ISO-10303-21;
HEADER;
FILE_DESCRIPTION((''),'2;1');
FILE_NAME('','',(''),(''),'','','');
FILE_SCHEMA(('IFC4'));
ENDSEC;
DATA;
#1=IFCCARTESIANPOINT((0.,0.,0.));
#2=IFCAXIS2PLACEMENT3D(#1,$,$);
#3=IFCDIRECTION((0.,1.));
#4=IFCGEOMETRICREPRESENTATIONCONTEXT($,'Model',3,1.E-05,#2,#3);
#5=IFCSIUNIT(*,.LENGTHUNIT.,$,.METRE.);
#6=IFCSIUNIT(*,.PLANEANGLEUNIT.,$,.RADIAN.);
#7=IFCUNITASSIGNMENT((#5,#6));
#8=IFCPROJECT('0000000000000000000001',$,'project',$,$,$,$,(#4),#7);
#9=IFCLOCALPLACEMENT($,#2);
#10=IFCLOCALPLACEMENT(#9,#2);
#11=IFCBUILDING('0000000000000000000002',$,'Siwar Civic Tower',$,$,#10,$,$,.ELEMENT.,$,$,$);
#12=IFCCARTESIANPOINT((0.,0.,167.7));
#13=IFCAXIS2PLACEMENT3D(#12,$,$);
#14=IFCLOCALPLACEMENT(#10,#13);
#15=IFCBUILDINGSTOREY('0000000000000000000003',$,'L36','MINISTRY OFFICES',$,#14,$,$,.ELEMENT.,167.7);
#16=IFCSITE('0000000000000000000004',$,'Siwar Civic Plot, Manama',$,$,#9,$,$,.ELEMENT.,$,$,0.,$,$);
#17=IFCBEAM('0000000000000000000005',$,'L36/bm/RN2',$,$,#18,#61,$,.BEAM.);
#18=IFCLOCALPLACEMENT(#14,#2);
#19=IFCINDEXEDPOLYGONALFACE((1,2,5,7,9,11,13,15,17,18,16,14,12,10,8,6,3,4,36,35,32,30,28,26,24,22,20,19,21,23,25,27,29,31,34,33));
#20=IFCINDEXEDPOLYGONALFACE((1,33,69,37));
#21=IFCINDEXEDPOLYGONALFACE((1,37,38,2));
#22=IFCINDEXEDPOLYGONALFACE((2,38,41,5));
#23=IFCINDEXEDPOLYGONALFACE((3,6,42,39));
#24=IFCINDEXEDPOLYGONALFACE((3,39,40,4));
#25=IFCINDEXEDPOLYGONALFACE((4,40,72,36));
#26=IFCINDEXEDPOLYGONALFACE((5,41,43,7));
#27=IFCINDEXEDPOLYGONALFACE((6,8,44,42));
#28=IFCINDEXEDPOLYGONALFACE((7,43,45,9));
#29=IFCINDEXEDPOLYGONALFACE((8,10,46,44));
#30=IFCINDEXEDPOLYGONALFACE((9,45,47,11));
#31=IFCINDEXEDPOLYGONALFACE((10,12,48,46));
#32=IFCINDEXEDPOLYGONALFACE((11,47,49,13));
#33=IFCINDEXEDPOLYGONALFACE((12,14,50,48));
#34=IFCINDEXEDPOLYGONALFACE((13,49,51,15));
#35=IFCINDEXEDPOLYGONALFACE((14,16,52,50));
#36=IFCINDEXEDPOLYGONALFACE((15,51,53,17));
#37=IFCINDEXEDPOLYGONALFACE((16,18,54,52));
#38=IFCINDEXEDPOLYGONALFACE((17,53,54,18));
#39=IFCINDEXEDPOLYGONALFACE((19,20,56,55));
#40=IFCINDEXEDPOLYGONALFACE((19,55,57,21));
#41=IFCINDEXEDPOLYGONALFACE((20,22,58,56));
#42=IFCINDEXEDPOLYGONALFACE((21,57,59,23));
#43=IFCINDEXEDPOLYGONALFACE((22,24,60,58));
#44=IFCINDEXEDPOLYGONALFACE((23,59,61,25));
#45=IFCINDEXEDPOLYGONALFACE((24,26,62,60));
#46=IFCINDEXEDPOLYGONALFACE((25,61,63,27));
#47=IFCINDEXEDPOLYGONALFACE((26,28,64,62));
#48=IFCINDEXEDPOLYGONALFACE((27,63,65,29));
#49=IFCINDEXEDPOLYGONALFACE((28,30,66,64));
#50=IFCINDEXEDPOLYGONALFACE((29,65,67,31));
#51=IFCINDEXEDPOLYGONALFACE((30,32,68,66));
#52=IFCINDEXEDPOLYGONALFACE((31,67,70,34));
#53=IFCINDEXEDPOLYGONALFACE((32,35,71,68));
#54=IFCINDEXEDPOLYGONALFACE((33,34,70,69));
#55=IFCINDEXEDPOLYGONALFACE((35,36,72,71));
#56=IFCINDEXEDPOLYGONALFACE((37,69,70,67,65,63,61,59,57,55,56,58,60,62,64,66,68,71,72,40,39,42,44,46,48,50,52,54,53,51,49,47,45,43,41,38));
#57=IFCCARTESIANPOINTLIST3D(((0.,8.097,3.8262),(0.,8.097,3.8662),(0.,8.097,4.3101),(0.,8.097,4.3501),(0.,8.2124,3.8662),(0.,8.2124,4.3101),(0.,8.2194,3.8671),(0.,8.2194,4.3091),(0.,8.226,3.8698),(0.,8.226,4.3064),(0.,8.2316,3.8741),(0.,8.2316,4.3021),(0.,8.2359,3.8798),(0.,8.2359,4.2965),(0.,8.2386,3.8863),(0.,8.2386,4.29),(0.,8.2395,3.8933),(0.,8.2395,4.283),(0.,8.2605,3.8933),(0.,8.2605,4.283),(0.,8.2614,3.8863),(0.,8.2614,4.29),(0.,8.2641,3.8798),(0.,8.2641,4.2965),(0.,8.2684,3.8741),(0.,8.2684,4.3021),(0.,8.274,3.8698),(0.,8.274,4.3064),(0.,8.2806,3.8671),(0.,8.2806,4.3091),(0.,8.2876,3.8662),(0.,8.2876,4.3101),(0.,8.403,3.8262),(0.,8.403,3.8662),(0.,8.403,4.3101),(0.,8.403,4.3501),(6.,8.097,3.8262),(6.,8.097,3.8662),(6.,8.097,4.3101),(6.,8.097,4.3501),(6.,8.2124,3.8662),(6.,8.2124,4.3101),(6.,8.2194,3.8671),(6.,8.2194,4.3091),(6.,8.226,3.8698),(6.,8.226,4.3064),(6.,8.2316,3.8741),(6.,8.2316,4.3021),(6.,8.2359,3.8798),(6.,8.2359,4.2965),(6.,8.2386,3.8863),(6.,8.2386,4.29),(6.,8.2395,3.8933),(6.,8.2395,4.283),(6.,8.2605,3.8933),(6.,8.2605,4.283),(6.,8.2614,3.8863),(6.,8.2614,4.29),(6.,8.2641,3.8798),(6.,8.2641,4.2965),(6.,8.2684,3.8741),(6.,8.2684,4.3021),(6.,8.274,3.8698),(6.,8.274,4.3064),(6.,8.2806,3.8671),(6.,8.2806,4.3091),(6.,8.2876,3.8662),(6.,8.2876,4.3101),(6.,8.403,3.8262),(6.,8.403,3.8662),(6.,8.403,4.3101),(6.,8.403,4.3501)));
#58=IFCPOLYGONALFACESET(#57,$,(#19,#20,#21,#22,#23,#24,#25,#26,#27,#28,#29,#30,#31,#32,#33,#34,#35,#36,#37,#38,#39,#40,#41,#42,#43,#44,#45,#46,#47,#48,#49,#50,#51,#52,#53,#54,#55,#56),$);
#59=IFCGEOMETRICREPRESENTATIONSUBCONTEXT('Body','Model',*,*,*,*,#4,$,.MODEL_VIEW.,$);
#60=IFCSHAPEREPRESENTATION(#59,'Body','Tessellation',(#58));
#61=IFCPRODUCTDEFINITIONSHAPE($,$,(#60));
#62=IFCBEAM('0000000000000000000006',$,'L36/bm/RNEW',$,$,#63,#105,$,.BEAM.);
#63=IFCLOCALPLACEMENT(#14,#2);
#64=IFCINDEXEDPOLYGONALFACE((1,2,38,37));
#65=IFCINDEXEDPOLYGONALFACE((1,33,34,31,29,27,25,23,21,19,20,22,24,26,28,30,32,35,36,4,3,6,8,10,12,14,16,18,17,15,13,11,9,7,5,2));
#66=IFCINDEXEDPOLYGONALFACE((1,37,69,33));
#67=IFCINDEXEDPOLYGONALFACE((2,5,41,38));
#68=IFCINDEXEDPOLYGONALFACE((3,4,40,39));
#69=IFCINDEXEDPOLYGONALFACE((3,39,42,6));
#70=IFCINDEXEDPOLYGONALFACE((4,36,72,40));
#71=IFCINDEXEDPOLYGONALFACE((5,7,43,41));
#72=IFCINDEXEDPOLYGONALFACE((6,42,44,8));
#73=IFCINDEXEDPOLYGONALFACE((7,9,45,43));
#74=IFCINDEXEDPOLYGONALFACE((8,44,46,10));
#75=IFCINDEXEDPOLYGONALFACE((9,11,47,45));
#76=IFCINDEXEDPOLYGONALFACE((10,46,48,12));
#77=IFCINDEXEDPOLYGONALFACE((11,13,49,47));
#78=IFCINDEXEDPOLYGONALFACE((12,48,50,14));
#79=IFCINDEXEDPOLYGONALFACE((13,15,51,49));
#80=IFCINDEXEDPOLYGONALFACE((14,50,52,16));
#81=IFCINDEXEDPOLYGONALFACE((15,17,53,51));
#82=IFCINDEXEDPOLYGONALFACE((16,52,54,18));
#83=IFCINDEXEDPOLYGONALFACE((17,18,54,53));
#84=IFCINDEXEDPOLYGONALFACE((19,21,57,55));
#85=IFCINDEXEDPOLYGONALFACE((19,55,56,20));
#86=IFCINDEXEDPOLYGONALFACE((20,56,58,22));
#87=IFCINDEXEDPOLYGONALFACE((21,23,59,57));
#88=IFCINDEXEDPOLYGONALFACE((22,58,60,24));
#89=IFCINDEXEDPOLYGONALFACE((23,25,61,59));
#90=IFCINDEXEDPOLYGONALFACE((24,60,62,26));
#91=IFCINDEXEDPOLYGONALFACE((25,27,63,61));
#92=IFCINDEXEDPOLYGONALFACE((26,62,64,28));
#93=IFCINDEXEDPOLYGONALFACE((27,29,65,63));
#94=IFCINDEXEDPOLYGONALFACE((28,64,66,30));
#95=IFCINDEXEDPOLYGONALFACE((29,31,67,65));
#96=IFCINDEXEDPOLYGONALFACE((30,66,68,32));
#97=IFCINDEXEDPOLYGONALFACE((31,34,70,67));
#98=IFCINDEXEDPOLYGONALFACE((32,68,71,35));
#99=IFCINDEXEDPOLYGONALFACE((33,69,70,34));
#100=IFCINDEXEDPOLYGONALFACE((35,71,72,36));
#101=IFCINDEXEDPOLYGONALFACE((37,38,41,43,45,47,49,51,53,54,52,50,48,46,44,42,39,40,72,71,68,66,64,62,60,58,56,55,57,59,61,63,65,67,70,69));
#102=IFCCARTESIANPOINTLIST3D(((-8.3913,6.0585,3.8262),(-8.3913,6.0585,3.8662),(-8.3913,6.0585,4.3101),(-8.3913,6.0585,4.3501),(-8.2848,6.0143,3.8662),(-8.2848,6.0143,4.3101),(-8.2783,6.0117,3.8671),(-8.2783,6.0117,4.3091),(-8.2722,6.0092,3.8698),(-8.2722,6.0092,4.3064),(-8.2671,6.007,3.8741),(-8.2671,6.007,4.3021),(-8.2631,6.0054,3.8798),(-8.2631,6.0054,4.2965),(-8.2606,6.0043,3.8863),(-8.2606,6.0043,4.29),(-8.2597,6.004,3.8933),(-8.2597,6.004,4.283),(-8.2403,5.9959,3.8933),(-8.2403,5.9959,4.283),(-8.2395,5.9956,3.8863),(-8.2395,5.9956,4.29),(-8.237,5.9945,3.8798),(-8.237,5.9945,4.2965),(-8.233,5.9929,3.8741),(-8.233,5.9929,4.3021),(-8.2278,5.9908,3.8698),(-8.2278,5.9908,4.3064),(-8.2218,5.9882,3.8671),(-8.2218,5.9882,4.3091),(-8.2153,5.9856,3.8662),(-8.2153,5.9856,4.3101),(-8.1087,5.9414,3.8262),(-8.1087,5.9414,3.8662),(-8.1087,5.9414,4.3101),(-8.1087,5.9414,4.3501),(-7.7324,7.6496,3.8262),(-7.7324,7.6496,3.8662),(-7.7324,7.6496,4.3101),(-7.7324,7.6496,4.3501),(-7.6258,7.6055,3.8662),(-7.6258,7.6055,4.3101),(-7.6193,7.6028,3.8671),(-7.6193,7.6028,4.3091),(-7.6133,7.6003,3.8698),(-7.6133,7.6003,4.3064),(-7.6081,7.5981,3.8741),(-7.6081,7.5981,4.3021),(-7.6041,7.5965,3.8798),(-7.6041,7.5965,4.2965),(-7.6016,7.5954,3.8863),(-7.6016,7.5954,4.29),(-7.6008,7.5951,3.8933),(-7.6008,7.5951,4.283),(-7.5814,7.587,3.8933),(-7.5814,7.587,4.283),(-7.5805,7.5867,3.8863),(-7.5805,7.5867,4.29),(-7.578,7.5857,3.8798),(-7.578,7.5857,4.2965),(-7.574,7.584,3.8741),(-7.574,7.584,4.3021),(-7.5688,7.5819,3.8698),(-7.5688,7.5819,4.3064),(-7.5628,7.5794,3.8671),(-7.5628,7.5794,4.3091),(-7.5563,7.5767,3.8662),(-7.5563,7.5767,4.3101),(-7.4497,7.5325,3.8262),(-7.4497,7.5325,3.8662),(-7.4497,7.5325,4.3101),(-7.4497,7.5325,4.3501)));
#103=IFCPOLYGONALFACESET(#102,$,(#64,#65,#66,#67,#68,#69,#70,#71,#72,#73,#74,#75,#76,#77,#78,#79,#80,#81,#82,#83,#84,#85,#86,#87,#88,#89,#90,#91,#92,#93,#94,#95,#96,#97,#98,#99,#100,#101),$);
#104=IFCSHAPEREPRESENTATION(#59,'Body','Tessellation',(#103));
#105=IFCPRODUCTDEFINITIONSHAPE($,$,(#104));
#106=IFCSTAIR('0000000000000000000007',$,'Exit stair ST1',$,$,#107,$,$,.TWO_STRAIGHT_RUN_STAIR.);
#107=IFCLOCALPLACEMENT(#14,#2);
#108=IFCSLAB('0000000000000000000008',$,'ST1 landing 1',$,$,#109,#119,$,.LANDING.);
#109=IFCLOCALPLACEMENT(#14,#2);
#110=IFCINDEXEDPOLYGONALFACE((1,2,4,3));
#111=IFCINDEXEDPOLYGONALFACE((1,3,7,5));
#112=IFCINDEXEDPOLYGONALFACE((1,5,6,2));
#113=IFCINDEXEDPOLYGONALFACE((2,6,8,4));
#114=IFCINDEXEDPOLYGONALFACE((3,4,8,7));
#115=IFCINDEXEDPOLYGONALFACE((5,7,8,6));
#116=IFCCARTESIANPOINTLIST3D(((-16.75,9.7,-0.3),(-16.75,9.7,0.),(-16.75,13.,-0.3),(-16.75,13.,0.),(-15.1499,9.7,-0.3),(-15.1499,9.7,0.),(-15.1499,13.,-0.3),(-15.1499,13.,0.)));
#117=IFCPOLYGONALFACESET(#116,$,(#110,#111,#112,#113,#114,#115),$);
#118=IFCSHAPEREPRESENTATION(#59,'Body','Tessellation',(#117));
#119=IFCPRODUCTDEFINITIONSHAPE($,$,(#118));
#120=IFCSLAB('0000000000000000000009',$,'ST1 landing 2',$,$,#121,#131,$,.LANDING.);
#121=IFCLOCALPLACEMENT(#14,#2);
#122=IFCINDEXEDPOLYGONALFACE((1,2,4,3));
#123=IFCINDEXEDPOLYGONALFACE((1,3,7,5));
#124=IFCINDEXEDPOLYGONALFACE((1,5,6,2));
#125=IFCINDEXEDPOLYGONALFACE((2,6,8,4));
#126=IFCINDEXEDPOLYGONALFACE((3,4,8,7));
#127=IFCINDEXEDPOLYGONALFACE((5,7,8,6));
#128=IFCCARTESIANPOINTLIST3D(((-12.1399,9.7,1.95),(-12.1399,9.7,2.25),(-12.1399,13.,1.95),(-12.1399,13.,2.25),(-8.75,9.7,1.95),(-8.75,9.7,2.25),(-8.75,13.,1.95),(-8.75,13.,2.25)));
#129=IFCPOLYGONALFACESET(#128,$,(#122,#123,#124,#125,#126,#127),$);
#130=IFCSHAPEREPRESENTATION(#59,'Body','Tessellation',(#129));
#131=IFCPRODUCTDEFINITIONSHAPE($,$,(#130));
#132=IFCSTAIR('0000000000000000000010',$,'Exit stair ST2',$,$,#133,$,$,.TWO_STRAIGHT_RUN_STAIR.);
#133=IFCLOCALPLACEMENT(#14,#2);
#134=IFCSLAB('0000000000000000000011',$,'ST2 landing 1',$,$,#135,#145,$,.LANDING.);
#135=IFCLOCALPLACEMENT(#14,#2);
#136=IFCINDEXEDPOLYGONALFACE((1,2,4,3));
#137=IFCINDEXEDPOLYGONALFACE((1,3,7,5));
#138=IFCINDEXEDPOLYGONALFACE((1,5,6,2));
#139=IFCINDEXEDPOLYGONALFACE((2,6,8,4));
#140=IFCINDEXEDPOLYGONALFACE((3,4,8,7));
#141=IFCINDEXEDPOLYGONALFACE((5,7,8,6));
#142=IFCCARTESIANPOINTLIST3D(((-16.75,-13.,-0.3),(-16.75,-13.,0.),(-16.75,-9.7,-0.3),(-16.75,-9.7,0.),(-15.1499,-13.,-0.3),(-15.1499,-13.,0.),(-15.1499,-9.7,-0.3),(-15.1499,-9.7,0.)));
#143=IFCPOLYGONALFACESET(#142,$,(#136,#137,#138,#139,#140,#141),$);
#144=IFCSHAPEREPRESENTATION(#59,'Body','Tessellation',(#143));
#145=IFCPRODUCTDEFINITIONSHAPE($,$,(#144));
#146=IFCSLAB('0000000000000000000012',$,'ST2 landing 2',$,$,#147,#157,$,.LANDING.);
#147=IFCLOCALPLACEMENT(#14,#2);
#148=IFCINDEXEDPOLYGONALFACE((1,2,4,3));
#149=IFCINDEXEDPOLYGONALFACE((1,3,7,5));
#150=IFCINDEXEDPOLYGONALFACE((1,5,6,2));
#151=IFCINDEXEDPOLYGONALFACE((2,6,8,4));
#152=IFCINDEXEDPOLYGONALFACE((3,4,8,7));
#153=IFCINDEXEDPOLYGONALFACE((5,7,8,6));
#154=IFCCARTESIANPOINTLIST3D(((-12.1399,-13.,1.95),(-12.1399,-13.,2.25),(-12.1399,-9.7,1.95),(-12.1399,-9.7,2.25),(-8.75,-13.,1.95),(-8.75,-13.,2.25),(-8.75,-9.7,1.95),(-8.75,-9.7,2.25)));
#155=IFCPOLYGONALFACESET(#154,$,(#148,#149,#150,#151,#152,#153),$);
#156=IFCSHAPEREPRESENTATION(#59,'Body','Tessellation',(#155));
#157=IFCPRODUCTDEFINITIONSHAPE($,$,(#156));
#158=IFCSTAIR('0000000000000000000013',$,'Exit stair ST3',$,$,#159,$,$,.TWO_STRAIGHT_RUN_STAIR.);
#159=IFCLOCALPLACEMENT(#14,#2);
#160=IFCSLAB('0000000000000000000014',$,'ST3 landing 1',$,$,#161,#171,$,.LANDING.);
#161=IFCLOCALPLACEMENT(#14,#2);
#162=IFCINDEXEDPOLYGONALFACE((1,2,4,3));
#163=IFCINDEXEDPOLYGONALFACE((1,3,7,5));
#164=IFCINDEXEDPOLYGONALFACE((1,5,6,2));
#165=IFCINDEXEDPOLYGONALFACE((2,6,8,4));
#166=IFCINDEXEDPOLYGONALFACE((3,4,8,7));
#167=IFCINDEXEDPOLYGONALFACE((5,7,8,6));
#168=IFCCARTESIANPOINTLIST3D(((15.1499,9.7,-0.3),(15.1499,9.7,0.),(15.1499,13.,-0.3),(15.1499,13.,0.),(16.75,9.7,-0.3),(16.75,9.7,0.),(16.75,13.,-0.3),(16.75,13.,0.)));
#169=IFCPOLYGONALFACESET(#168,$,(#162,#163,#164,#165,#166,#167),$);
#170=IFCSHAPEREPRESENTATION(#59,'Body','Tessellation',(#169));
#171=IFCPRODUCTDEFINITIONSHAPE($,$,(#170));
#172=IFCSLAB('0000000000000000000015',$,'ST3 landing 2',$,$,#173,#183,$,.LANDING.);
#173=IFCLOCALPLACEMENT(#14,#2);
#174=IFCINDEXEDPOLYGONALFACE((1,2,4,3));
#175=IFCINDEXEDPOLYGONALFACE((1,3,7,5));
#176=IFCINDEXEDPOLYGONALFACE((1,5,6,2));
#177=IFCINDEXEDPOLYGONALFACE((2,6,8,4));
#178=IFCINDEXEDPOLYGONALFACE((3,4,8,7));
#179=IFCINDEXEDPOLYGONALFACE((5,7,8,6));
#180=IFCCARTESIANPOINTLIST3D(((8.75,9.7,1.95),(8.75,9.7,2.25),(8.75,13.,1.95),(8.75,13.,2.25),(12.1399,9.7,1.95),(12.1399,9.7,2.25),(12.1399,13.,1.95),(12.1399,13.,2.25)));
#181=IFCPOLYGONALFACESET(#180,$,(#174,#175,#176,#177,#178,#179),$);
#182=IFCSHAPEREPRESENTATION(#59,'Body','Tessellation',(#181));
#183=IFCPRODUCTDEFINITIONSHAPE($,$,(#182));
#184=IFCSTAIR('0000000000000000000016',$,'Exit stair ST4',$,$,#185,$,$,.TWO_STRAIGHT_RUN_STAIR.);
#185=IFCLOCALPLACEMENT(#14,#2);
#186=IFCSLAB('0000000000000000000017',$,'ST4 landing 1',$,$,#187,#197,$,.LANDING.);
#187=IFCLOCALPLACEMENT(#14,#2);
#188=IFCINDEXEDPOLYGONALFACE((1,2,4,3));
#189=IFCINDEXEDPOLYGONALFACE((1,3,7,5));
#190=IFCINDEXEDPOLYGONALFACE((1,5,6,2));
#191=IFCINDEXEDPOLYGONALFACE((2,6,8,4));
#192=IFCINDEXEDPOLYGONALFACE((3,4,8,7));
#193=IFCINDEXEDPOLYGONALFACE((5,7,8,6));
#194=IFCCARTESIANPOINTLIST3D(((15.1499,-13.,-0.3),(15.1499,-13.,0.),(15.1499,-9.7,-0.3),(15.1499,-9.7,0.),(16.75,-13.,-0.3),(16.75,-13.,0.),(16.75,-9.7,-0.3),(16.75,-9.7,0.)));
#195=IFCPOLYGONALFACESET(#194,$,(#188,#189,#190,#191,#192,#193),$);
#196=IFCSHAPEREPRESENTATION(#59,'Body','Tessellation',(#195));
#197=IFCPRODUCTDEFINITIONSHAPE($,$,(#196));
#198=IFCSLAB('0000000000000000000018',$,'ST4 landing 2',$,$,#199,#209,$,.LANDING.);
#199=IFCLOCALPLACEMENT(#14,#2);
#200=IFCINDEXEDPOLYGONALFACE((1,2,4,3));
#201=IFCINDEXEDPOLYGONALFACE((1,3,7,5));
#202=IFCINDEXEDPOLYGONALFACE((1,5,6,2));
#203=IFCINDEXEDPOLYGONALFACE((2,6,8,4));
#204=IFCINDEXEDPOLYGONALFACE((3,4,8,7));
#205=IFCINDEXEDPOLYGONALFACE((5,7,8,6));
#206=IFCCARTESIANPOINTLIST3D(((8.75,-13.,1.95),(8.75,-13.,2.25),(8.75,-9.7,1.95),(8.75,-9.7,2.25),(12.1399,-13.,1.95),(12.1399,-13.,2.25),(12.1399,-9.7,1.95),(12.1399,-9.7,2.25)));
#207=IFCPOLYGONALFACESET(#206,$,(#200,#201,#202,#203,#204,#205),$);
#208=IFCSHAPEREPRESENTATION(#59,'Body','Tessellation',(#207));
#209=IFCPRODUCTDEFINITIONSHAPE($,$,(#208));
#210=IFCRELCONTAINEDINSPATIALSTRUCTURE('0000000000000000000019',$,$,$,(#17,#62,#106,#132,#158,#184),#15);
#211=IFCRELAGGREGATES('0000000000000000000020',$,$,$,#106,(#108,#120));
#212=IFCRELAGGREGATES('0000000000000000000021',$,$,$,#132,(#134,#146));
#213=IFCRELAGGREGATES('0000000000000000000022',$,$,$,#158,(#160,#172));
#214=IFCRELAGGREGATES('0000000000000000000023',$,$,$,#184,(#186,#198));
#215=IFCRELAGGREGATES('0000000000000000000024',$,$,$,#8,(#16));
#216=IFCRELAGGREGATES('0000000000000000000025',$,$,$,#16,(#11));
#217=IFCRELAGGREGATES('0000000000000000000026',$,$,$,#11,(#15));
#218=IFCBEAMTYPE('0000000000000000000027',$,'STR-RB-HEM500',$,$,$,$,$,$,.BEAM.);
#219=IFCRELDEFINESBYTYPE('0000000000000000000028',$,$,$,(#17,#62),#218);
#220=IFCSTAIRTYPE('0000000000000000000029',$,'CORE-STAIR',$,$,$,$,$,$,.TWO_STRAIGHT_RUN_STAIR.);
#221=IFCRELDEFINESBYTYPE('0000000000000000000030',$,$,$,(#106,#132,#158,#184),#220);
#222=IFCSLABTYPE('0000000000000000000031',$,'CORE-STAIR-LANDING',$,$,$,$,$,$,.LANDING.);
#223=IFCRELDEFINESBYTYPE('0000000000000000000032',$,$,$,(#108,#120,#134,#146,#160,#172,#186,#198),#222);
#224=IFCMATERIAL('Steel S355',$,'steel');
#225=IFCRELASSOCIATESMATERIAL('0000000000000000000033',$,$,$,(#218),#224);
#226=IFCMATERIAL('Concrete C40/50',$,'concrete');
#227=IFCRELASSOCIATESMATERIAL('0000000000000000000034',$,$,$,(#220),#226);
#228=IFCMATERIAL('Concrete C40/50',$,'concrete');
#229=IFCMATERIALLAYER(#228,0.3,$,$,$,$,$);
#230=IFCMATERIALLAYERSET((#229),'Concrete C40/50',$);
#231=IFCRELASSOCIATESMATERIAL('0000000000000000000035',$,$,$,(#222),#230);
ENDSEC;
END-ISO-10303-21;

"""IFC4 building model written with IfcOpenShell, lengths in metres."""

from ifc_helpers import new_model, si_unit, direction, frame, origin, origin_2d, place, context, subcontext, project, spatial, polyline, i_section, outline, extrude, material, layer, layer_set, material_profile, profile_set, type_object, element, aggregate, save


model = new_model("IFC4")

# Units and contexts
model_context = context("Model", 3, precision=1e-05, world=origin(), true_north=direction((0.0, 1.0)))
body_context = subcontext(model_context, "Body", "Model", "MODEL_VIEW")
ifc_project = project(units=[si_unit("LENGTHUNIT", "METRE"), si_unit("PLANEANGLEUNIT", "RADIAN")], contexts=[model_context])

# Site, building, storey
site_placement = place(None, origin())
site = spatial("IfcSite", under=ifc_project, at=site_placement, Name="Siwar Civic Plot, Manama", CompositionType="ELEMENT", RefElevation=0.0)
building_placement = place(site_placement, origin())
building = spatial("IfcBuilding", under=site, at=building_placement, Name="Siwar Civic Tower", CompositionType="ELEMENT")
storey_placement = place(building_placement, frame((0.0, 0.0, 167.7)))
storey = spatial("IfcBuildingStorey", under=building, at=storey_placement, Name="L36", Description="MINISTRY OFFICES", CompositionType="ELEMENT", Elevation=167.7)

# Beams
ifc_material_1 = material(Name="Steel S355", Category="steel")
ifc_material_profile_1 = material_profile(ifc_material_1, i_section(OverallWidth=0.3059, OverallDepth=0.5239, WebThickness=0.021, FlangeThickness=0.04, FilletRadius=0.0271, at=origin_2d()), Name="HEM500")
ifc_profile_set_1 = profile_set([ifc_material_profile_1], Name="Steel S355")
beam_type_1 = type_object("IfcBeamType", Name="STR-RB-HEM500", PredefinedType="BEAM", material=ifc_profile_set_1)
for number, where, z_axis, x_axis, name in (
    (1, (0.0, 8.25, 4.0881), (1.0, 0.0, 0.0), (0.0, 1.0, 0.0), "L36/bm/RN2"),
):
    element("IfcBeam", number, at=place(storey_placement, frame(where, z_axis=z_axis, x_axis=x_axis)), inside=storey, type_object=beam_type_1, Name=name, PredefinedType="BEAM", context=body_context, shape_type="SweptSolid", body=[
        extrude(i_section(OverallWidth=0.3059, OverallDepth=0.5239, WebThickness=0.021, FlangeThickness=0.04, FilletRadius=0.0271, at=origin_2d()), origin(), (0.0, 0.0, 1.0), 6.0),
    ])
beam_1_placement = place(storey_placement, frame((-7.5911, 7.5911, 4.0881), z_axis=(-0.382631, -0.923901, 0.0), x_axis=(0.923901, -0.382631, 0.0)))
element("IfcBeam", 2, at=beam_1_placement, inside=storey, type_object=beam_type_1, Name="L36/bm/RNEW", PredefinedType="BEAM", context=body_context, shape_type="SweptSolid", body=[
    extrude(i_section(OverallWidth=0.3059, OverallDepth=0.5239, WebThickness=0.021, FlangeThickness=0.04, FilletRadius=0.0271, at=origin_2d()), origin(), (0.0, 0.0, 1.0), 1.7222),
])

# Stairs, slabs
ifc_material_2 = material(Name="Concrete C40/50", Category="concrete")
stair_type = type_object("IfcStairType", Name="CORE-STAIR", PredefinedType="TWO_STRAIGHT_RUN_STAIR", material=ifc_material_2)
stair_1_placement = place(storey_placement, origin())
stair_1 = element("IfcStair", 3, at=stair_1_placement, inside=storey, type_object=stair_type, Name="Exit stair ST1", PredefinedType="TWO_STRAIGHT_RUN_STAIR")
ifc_material_3 = material(Name="Concrete C40/50", Category="concrete")
ifc_layer_1 = layer(ifc_material_3, 0.3)
ifc_layer_set_1 = layer_set([ifc_layer_1], Name="Concrete C40/50")
slab_type = type_object("IfcSlabType", Name="CORE-STAIR-LANDING", PredefinedType="LANDING", material=ifc_layer_set_1)
slab_1_placement = place(storey_placement, frame((0.0, 0.0, -0.3)))
slab_1 = element("IfcSlab", 4, at=slab_1_placement, type_object=slab_type, Name="ST1 landing 1", PredefinedType="LANDING", context=body_context, shape_type="SweptSolid", body=[
    extrude(outline(polyline([(-15.1499, 13.0), (-16.75, 13.0), (-16.75, 9.7), (-15.1499, 9.7), (-15.1499, 13.0)])), origin(), (0.0, 0.0, 1.0), 0.3),
])
slab_2_placement = place(storey_placement, frame((0.0, 0.0, 1.95)))
slab_2 = element("IfcSlab", 5, at=slab_2_placement, type_object=slab_type, Name="ST1 landing 2", PredefinedType="LANDING", context=body_context, shape_type="SweptSolid", body=[
    extrude(outline(polyline([(-8.75, 13.0), (-12.1399, 13.0), (-12.1399, 9.7), (-8.75, 9.7), (-8.75, 13.0)])), origin(), (0.0, 0.0, 1.0), 0.3),
])
aggregate(stair_1, [slab_1, slab_2])
stair_2_placement = place(storey_placement, origin())
stair_2 = element("IfcStair", 6, at=stair_2_placement, inside=storey, type_object=stair_type, Name="Exit stair ST2", PredefinedType="TWO_STRAIGHT_RUN_STAIR")
slab_3_placement = place(storey_placement, frame((0.0, 0.0, -0.3)))
slab_3 = element("IfcSlab", 7, at=slab_3_placement, type_object=slab_type, Name="ST2 landing 1", PredefinedType="LANDING", context=body_context, shape_type="SweptSolid", body=[
    extrude(outline(polyline([(-15.1499, -9.7), (-16.75, -9.7), (-16.75, -13.0), (-15.1499, -13.0), (-15.1499, -9.7)])), origin(), (0.0, 0.0, 1.0), 0.3),
])
slab_4_placement = place(storey_placement, frame((0.0, 0.0, 1.95)))
slab_4 = element("IfcSlab", 8, at=slab_4_placement, type_object=slab_type, Name="ST2 landing 2", PredefinedType="LANDING", context=body_context, shape_type="SweptSolid", body=[
    extrude(outline(polyline([(-8.75, -9.7), (-12.1399, -9.7), (-12.1399, -13.0), (-8.75, -13.0), (-8.75, -9.7)])), origin(), (0.0, 0.0, 1.0), 0.3),
])
aggregate(stair_2, [slab_3, slab_4])
stair_3_placement = place(storey_placement, origin())
stair_3 = element("IfcStair", 9, at=stair_3_placement, inside=storey, type_object=stair_type, Name="Exit stair ST3", PredefinedType="TWO_STRAIGHT_RUN_STAIR")
slab_5_placement = place(storey_placement, frame((0.0, 0.0, -0.3)))
slab_5 = element("IfcSlab", 10, at=slab_5_placement, type_object=slab_type, Name="ST3 landing 1", PredefinedType="LANDING", context=body_context, shape_type="SweptSolid", body=[
    extrude(outline(polyline([(15.1499, 9.7), (16.75, 9.7), (16.75, 13.0), (15.1499, 13.0), (15.1499, 9.7)])), origin(), (0.0, 0.0, 1.0), 0.3),
])
slab_6_placement = place(storey_placement, frame((0.0, 0.0, 1.95)))
slab_6 = element("IfcSlab", 11, at=slab_6_placement, type_object=slab_type, Name="ST3 landing 2", PredefinedType="LANDING", context=body_context, shape_type="SweptSolid", body=[
    extrude(outline(polyline([(8.75, 9.7), (12.1399, 9.7), (12.1399, 13.0), (8.75, 13.0), (8.75, 9.7)])), origin(), (0.0, 0.0, 1.0), 0.3),
])
aggregate(stair_3, [slab_5, slab_6])
stair_4_placement = place(storey_placement, origin())
stair_4 = element("IfcStair", 12, at=stair_4_placement, inside=storey, type_object=stair_type, Name="Exit stair ST4", PredefinedType="TWO_STRAIGHT_RUN_STAIR")
slab_7_placement = place(storey_placement, frame((0.0, 0.0, -0.3)))
slab_7 = element("IfcSlab", 13, at=slab_7_placement, type_object=slab_type, Name="ST4 landing 1", PredefinedType="LANDING", context=body_context, shape_type="SweptSolid", body=[
    extrude(outline(polyline([(15.1499, -13.0), (16.75, -13.0), (16.75, -9.7), (15.1499, -9.7), (15.1499, -13.0)])), origin(), (0.0, 0.0, 1.0), 0.3),
])
slab_8_placement = place(storey_placement, frame((0.0, 0.0, 1.95)))
slab_8 = element("IfcSlab", 14, at=slab_8_placement, type_object=slab_type, Name="ST4 landing 2", PredefinedType="LANDING", context=body_context, shape_type="SweptSolid", body=[
    extrude(outline(polyline([(8.75, -13.0), (12.1399, -13.0), (12.1399, -9.7), (8.75, -9.7), (8.75, -13.0)])), origin(), (0.0, 0.0, 1.0), 0.3),
])
aggregate(stair_4, [slab_7, slab_8])

save(model, "model.ifc")
